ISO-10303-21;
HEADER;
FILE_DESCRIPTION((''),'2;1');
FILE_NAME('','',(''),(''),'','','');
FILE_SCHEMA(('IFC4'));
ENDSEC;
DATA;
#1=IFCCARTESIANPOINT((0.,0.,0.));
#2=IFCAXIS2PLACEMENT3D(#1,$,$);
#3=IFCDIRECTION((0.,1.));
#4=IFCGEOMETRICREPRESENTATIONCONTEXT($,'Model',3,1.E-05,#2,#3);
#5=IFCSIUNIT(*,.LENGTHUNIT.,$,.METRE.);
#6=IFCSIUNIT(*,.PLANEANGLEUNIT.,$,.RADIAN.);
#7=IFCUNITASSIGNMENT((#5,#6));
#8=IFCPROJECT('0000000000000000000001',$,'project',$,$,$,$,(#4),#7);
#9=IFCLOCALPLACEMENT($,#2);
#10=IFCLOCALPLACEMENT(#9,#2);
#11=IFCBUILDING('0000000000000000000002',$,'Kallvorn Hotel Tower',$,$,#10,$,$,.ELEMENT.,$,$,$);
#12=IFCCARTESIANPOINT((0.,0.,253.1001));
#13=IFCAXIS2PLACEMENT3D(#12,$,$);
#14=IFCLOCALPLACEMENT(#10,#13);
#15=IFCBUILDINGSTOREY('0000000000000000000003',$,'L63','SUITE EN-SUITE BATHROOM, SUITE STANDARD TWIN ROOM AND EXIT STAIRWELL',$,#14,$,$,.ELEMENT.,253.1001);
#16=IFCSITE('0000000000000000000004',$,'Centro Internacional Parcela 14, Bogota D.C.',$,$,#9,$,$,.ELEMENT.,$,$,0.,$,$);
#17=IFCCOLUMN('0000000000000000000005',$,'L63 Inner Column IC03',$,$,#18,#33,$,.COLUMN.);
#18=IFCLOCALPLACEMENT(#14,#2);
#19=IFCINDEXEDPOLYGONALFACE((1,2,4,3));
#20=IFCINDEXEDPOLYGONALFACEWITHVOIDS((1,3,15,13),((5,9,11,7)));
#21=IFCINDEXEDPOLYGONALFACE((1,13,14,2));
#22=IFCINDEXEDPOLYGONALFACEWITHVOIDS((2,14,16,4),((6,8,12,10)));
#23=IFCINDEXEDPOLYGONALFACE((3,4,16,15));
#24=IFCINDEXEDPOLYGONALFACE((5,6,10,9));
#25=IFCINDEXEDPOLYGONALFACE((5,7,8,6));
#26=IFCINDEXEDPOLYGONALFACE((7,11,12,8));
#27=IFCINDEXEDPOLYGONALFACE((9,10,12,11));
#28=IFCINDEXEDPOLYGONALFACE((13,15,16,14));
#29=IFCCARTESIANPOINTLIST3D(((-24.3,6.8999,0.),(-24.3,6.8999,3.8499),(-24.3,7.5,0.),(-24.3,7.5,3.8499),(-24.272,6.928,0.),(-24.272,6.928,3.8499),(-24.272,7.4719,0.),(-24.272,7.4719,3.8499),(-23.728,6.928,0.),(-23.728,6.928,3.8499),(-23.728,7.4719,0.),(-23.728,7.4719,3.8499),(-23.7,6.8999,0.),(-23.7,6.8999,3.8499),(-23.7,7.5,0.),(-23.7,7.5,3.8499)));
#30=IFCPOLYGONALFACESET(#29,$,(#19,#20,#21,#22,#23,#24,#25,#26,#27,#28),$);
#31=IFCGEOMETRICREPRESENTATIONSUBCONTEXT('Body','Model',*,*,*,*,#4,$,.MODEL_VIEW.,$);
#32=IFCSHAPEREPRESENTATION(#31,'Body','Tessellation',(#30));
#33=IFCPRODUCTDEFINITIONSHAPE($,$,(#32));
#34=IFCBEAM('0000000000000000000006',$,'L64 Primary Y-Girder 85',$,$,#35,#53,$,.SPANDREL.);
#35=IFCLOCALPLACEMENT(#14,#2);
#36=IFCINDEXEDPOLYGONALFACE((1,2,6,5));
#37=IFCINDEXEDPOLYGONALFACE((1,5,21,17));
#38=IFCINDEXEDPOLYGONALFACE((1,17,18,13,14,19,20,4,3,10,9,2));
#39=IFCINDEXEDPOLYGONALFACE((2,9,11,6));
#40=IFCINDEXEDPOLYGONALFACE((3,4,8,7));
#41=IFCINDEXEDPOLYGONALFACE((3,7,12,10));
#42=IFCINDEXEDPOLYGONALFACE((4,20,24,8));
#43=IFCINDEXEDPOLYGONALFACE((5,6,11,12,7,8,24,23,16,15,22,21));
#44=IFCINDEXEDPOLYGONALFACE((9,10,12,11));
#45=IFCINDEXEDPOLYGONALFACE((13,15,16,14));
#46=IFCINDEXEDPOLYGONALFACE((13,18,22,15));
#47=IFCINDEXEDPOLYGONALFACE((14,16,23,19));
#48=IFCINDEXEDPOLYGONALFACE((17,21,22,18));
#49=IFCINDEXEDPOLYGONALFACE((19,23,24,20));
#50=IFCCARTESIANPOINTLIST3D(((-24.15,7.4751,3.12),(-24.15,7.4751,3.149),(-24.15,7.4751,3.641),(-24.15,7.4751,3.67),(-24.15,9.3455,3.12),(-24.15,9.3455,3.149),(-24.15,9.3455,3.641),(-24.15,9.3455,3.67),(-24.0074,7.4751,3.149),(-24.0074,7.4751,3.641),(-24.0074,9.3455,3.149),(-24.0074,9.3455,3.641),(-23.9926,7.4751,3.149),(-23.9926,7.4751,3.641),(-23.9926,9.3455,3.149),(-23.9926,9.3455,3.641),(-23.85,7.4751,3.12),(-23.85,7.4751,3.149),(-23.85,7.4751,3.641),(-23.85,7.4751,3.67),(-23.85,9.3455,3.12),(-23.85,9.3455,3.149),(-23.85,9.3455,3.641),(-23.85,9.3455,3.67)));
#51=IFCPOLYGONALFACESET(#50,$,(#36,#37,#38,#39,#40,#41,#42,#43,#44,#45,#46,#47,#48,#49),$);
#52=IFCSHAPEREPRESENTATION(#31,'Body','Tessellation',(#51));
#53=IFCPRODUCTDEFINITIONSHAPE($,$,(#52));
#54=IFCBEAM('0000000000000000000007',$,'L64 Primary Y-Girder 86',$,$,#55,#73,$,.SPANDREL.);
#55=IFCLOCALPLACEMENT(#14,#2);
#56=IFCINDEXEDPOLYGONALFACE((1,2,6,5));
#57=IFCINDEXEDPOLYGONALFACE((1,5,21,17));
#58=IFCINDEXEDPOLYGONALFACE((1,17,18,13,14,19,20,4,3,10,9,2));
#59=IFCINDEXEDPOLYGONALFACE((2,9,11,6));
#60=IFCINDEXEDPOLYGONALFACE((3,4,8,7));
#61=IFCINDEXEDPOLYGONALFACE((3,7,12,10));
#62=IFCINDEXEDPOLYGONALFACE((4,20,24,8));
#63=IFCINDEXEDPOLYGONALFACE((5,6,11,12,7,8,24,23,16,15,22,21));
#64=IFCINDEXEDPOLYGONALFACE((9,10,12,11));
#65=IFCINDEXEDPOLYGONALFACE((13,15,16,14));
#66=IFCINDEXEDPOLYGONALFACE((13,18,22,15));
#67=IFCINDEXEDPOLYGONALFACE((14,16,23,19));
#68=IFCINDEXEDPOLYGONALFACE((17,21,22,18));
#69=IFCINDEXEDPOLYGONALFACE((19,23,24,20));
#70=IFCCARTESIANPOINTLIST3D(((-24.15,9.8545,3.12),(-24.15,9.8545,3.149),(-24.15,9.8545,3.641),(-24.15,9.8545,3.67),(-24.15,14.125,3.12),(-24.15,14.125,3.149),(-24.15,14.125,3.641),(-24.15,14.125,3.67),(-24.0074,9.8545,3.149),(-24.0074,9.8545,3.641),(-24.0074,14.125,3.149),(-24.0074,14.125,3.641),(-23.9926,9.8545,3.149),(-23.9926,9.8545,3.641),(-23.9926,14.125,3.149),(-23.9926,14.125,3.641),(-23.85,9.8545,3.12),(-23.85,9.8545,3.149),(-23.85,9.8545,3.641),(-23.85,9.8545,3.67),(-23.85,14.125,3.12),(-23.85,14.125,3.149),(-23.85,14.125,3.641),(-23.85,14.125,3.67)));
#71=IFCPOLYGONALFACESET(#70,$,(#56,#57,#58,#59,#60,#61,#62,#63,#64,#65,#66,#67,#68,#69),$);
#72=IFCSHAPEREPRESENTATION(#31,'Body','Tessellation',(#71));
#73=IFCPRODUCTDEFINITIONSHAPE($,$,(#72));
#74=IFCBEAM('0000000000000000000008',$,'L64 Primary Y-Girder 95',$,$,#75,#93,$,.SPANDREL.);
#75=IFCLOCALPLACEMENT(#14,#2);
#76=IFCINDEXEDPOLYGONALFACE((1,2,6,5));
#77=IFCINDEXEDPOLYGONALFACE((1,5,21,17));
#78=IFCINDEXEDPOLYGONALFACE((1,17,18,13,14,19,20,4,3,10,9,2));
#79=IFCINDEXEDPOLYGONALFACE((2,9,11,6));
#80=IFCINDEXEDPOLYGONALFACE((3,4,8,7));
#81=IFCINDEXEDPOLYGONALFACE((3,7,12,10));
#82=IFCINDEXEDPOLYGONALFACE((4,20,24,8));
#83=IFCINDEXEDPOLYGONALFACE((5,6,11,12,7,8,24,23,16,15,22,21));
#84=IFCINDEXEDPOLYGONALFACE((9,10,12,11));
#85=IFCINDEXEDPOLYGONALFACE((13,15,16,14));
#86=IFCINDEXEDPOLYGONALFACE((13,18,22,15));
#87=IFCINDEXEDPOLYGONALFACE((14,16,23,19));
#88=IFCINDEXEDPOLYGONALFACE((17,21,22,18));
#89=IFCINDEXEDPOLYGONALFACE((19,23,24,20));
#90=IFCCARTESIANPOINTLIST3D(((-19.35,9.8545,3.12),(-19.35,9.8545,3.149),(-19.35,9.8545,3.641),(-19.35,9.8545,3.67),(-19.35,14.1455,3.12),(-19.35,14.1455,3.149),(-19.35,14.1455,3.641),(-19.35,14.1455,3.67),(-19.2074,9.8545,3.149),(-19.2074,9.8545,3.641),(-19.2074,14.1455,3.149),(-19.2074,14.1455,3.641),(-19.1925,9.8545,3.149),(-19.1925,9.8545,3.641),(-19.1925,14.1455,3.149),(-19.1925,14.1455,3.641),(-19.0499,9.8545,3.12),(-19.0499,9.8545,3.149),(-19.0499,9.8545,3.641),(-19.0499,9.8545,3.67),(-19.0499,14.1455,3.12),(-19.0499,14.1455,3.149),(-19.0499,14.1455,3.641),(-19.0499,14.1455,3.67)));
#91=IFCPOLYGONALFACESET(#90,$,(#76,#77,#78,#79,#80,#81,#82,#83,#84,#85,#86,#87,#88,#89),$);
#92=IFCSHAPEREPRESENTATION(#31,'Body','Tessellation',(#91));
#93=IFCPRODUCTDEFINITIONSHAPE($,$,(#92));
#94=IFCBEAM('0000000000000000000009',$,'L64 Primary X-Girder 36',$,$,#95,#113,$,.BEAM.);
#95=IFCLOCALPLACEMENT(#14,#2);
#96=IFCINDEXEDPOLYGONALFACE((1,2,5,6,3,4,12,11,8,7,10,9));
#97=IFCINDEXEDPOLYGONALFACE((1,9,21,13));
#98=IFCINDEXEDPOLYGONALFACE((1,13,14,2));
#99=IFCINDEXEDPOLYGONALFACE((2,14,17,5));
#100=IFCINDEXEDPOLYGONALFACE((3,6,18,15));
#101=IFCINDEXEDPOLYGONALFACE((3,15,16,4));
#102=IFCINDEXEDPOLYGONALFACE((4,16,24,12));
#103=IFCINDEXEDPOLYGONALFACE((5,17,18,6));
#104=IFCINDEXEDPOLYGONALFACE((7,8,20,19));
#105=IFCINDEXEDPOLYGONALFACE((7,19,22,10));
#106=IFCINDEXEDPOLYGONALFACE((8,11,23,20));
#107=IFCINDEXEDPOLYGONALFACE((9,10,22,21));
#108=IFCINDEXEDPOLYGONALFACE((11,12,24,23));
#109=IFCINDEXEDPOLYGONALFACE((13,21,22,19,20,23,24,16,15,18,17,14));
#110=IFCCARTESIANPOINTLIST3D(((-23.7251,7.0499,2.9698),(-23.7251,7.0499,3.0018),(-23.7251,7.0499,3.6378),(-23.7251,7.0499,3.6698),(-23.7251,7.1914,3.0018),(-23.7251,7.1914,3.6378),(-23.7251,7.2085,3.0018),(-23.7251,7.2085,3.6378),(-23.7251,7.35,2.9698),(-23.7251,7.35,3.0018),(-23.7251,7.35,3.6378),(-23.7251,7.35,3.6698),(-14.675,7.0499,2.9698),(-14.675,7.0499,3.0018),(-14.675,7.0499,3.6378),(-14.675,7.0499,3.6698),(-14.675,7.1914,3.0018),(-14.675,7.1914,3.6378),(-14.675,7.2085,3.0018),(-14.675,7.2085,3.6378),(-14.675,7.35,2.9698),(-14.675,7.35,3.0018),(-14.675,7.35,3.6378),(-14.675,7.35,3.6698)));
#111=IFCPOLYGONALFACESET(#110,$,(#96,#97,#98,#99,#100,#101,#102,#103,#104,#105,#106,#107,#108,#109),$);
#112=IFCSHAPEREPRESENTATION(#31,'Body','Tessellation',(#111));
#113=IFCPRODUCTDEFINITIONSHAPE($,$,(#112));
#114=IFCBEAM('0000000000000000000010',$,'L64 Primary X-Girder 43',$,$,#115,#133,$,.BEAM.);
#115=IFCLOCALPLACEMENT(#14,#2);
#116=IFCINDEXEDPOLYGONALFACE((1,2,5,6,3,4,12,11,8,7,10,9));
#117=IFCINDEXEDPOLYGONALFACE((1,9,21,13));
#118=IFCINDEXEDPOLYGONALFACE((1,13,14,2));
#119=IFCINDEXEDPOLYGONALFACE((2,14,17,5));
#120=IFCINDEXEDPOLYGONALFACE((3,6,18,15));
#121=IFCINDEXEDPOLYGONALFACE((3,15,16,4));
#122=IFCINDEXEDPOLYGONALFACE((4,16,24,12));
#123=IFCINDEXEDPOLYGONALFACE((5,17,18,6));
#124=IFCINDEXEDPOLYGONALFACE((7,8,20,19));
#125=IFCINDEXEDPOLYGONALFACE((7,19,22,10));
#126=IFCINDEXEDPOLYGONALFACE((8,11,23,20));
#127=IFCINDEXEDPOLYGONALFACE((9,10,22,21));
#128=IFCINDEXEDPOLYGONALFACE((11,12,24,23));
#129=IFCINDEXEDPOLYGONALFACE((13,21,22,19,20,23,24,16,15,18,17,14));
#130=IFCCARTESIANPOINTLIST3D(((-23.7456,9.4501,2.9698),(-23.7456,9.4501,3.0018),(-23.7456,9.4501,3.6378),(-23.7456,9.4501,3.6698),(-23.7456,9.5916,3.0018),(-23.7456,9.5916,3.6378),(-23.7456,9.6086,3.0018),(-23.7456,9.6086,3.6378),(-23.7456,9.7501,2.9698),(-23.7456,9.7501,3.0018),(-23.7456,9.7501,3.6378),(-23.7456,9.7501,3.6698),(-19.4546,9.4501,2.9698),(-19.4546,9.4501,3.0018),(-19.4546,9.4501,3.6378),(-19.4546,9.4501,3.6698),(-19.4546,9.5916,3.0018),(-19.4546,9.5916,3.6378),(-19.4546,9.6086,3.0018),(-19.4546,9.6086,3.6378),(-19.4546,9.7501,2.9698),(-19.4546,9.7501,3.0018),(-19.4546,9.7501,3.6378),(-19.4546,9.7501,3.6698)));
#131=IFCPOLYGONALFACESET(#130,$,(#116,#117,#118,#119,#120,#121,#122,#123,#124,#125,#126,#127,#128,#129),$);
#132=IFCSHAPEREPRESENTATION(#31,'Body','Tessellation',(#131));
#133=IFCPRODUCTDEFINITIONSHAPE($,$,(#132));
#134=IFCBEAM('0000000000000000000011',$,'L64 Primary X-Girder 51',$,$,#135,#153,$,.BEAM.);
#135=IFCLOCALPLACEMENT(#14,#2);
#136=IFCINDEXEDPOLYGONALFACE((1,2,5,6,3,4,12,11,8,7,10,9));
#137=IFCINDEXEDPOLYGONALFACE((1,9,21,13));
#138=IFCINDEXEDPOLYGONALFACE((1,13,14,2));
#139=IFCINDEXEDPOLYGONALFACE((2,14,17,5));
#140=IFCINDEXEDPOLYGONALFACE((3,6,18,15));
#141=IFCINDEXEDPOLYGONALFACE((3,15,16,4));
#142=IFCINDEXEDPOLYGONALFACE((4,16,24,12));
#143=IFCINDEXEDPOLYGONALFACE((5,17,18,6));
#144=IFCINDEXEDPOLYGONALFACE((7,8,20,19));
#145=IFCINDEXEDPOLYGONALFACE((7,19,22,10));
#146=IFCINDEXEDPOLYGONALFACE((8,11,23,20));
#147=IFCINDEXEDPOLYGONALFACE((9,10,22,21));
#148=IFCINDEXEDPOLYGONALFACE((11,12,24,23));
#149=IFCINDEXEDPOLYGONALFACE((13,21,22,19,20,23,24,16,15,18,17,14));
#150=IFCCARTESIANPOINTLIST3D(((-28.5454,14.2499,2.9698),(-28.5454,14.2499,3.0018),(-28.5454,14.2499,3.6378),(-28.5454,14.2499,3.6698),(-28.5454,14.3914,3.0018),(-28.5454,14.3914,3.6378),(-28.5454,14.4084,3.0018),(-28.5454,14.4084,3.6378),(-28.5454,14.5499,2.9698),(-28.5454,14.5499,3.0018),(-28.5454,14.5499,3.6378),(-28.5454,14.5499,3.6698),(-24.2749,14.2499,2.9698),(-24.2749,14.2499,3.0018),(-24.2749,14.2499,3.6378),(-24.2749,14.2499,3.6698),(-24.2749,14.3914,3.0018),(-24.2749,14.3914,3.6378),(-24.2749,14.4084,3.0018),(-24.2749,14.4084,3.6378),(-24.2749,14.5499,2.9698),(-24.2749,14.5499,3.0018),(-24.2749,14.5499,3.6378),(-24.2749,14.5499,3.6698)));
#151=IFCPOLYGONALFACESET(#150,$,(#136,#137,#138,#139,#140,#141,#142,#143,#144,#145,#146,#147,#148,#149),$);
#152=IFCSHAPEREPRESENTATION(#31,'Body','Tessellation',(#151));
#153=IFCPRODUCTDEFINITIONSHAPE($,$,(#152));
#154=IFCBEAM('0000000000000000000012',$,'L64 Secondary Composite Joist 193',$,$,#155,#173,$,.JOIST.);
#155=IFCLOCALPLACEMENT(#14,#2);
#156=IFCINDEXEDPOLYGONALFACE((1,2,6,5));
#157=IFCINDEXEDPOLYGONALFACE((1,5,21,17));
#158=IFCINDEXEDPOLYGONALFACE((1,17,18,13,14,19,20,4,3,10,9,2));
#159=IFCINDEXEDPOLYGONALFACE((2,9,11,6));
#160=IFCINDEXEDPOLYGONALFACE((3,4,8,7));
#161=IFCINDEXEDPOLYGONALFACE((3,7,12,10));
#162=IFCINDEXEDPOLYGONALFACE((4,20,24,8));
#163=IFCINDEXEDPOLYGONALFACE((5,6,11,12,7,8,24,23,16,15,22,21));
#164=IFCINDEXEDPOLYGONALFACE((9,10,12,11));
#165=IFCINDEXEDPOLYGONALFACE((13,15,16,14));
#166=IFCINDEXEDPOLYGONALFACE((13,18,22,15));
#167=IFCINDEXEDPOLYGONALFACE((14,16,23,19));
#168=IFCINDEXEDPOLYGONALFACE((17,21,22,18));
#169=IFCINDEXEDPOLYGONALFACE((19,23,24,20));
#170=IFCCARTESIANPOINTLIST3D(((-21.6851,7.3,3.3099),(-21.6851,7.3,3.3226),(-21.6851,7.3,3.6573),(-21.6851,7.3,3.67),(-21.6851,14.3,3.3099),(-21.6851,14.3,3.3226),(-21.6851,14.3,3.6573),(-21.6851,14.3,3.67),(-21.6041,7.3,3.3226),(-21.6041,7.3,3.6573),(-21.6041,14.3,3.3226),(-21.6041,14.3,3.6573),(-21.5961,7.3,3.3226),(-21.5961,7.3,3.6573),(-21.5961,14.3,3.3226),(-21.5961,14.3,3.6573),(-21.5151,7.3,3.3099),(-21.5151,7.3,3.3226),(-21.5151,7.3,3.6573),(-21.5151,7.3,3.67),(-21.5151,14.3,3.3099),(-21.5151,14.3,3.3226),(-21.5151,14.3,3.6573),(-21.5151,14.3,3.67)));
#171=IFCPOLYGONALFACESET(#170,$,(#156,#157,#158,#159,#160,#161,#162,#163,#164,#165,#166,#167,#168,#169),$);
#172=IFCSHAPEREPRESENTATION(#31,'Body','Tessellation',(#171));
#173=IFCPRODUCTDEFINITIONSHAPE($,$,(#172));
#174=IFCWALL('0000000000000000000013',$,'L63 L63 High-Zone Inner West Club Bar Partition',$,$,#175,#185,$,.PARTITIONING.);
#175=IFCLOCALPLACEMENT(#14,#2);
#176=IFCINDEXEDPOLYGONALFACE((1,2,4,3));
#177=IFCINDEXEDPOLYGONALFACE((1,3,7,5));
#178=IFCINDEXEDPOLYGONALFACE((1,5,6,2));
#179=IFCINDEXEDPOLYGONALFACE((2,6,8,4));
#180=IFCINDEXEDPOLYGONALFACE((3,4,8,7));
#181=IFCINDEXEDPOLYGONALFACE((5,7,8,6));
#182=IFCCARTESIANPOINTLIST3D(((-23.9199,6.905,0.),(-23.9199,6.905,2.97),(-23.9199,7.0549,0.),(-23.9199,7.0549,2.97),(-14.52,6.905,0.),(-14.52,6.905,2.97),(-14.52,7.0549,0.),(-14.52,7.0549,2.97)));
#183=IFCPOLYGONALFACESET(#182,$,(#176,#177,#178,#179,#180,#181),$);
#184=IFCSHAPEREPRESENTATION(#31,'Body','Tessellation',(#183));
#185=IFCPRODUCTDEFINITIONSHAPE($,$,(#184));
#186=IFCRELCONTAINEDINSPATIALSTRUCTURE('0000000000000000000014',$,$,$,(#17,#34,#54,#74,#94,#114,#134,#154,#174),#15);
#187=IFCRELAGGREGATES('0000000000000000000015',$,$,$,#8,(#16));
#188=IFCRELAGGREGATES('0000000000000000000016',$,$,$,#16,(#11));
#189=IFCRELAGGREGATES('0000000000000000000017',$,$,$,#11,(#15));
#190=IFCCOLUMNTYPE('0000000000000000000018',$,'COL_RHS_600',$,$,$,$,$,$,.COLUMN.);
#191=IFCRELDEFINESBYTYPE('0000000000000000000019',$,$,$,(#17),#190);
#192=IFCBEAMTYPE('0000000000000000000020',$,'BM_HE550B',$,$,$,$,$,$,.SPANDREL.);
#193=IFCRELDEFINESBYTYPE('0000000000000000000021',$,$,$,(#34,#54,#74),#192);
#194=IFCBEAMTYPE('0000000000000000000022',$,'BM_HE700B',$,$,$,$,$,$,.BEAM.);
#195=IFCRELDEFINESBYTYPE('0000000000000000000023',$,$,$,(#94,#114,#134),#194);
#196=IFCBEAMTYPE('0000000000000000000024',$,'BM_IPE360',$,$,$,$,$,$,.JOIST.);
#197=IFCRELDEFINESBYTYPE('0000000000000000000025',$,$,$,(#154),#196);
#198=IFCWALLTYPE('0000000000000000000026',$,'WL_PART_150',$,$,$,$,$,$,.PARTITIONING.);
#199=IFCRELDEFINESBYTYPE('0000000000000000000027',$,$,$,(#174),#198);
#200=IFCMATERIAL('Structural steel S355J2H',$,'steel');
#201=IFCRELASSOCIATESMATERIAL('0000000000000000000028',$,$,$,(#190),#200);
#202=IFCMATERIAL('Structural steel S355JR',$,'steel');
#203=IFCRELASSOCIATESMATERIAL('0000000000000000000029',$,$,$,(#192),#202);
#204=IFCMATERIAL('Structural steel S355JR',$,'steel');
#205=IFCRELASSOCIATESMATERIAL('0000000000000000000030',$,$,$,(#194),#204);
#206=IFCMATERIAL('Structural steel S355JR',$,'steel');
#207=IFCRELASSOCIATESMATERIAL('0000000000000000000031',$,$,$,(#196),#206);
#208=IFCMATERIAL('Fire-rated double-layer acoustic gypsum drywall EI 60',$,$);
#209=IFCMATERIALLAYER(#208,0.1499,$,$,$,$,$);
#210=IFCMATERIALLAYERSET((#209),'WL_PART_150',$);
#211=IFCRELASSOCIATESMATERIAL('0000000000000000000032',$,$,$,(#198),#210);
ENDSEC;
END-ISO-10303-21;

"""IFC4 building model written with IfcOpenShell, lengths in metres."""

from ifc_helpers import new_model, si_unit, direction, frame, frame_2d, origin, origin_2d, place, context, subcontext, project, spatial, rectangle, hollow_rectangle, i_section, extrude, material, layer, layer_set, material_profile, profile_set, type_object, element, save


model = new_model("IFC4")

# Units and contexts
model_context = context("Model", 3, precision=1e-05, world=origin(), true_north=direction((0.0, 1.0)))
body_context = subcontext(model_context, "Body", "Model", "MODEL_VIEW")
ifc_project = project(units=[si_unit("LENGTHUNIT", "METRE"), si_unit("PLANEANGLEUNIT", "RADIAN")], contexts=[model_context])

# Site, building, storey
site_placement = place(None, origin())
site = spatial("IfcSite", under=ifc_project, at=site_placement, Name="Centro Internacional Parcela 14, Bogota D.C.", CompositionType="ELEMENT", RefElevation=0.0)
building_placement = place(site_placement, origin())
building = spatial("IfcBuilding", under=site, at=building_placement, Name="Kallvorn Hotel Tower", CompositionType="ELEMENT")
storey_placement = place(building_placement, frame((0.0, 0.0, 253.1001)))
storey = spatial("IfcBuildingStorey", under=building, at=storey_placement, Name="L63", Description="SUITE EN-SUITE BATHROOM, SUITE STANDARD TWIN ROOM AND EXIT STAIRWELL", CompositionType="ELEMENT", Elevation=253.1001)

# Column
ifc_material_1 = material(Name="Structural steel S355J2H", Category="steel")
ifc_material_profile_1 = material_profile(ifc_material_1, hollow_rectangle(XDim=0.6001, YDim=0.6001, WallThickness=0.0281, at=origin_2d()), Name="RHS 600x600x28")
ifc_profile_set_1 = profile_set([ifc_material_profile_1], Name="Structural steel S355J2H")
column_type_1 = type_object("IfcColumnType", Name="COL_RHS_600", PredefinedType="COLUMN", material=ifc_profile_set_1)
column_placement = place(storey_placement, frame((-24.0, 7.2, 0.0), z_axis=(0.0, 0.0, 1.0), x_axis=(1.0, 0.0, 0.0)))
element("IfcColumn", 1, at=column_placement, inside=storey, type_object=column_type_1, Name="L63 Inner Column IC03", PredefinedType="COLUMN", context=body_context, shape_type="SweptSolid", body=[
    extrude(hollow_rectangle(XDim=0.6001, YDim=0.6001, WallThickness=0.0281, at=origin_2d()), origin(), (0.0, 0.0, 1.0), 3.8499),
])

# Beams
ifc_material_2 = material(Name="Structural steel S355JR", Category="steel")
ifc_material_profile_2 = material_profile(ifc_material_2, i_section(OverallWidth=0.3, OverallDepth=0.55, WebThickness=0.0149, FlangeThickness=0.0291, at=origin_2d()), Name="HE 550 B")
ifc_profile_set_2 = profile_set([ifc_material_profile_2], Name="Structural steel S355JR")
beam_type_1 = type_object("IfcBeamType", Name="BM_HE550B", PredefinedType="SPANDREL", material=ifc_profile_set_2)
beam_1_placement = place(storey_placement, frame((-24.0, 7.4751, 3.395), z_axis=(0.0, 1.0, 0.0), x_axis=(-1.0, 0.0, 0.0)))
element("IfcBeam", 2, at=beam_1_placement, inside=storey, type_object=beam_type_1, Name="L64 Primary Y-Girder 85", PredefinedType="SPANDREL", context=body_context, shape_type="SweptSolid", body=[
    extrude(i_section(OverallWidth=0.3, OverallDepth=0.55, WebThickness=0.0149, FlangeThickness=0.0291, at=origin_2d()), origin(), (0.0, 0.0, 1.0), 1.8704),
])
beam_2_placement = place(storey_placement, frame((-24.0, 9.8545, 3.395), z_axis=(0.0, 1.0, 0.0), x_axis=(-1.0, 0.0, 0.0)))
element("IfcBeam", 3, at=beam_2_placement, inside=storey, type_object=beam_type_1, Name="L64 Primary Y-Girder 86", PredefinedType="SPANDREL", context=body_context, shape_type="SweptSolid", body=[
    extrude(i_section(OverallWidth=0.3, OverallDepth=0.55, WebThickness=0.0149, FlangeThickness=0.0291, at=origin_2d()), origin(), (0.0, 0.0, 1.0), 4.2705),
])
beam_3_placement = place(storey_placement, frame((-19.2, 9.8545, 3.395), z_axis=(0.0, 1.0, 0.0), x_axis=(-1.0, 0.0, 0.0)))
element("IfcBeam", 4, at=beam_3_placement, inside=storey, type_object=beam_type_1, Name="L64 Primary Y-Girder 95", PredefinedType="SPANDREL", context=body_context, shape_type="SweptSolid", body=[
    extrude(i_section(OverallWidth=0.3, OverallDepth=0.55, WebThickness=0.0149, FlangeThickness=0.0291, at=origin_2d()), origin(), (0.0, 0.0, 1.0), 4.291),
])
ifc_material_3 = material(Name="Structural steel S355JR", Category="steel")
ifc_material_profile_3 = material_profile(ifc_material_3, i_section(OverallWidth=0.3, OverallDepth=0.7, WebThickness=0.0171, FlangeThickness=0.032, at=origin_2d()), Name="HE 700 B")
ifc_profile_set_3 = profile_set([ifc_material_profile_3], Name="Structural steel S355JR")
beam_type_2 = type_object("IfcBeamType", Name="BM_HE700B", PredefinedType="BEAM", material=ifc_profile_set_3)
beam_4_placement = place(storey_placement, frame((-23.7251, 7.2, 3.3198), z_axis=(1.0, 0.0, 0.0), x_axis=(0.0, 1.0, 0.0)))
element("IfcBeam", 5, at=beam_4_placement, inside=storey, type_object=beam_type_2, Name="L64 Primary X-Girder 36", PredefinedType="BEAM", context=body_context, shape_type="SweptSolid", body=[
    extrude(i_section(OverallWidth=0.3, OverallDepth=0.7, WebThickness=0.0171, FlangeThickness=0.032, at=origin_2d()), origin(), (0.0, 0.0, 1.0), 9.05),
])
beam_5_placement = place(storey_placement, frame((-23.7456, 9.6001, 3.3198), z_axis=(1.0, 0.0, 0.0), x_axis=(0.0, 1.0, 0.0)))
element("IfcBeam", 6, at=beam_5_placement, inside=storey, type_object=beam_type_2, Name="L64 Primary X-Girder 43", PredefinedType="BEAM", context=body_context, shape_type="SweptSolid", body=[
    extrude(i_section(OverallWidth=0.3, OverallDepth=0.7, WebThickness=0.0171, FlangeThickness=0.032, at=origin_2d()), origin(), (0.0, 0.0, 1.0), 4.291),
])
beam_6_placement = place(storey_placement, frame((-28.5454, 14.3999, 3.3198), z_axis=(1.0, 0.0, 0.0), x_axis=(0.0, 1.0, 0.0)))
element("IfcBeam", 7, at=beam_6_placement, inside=storey, type_object=beam_type_2, Name="L64 Primary X-Girder 51", PredefinedType="BEAM", context=body_context, shape_type="SweptSolid", body=[
    extrude(i_section(OverallWidth=0.3, OverallDepth=0.7, WebThickness=0.0171, FlangeThickness=0.032, at=origin_2d()), origin(), (0.0, 0.0, 1.0), 4.2705),
])
ifc_material_4 = material(Name="Structural steel S355JR", Category="steel")
ifc_material_profile_4 = material_profile(ifc_material_4, i_section(OverallWidth=0.1699, OverallDepth=0.3601, WebThickness=0.0081, FlangeThickness=0.0127, at=origin_2d()), Name="IPE 360")
ifc_profile_set_4 = profile_set([ifc_material_profile_4], Name="Structural steel S355JR")
beam_type_3 = type_object("IfcBeamType", Name="BM_IPE360", PredefinedType="JOIST", material=ifc_profile_set_4)
beam_7_placement = place(storey_placement, frame((-21.6001, 7.3, 3.49), z_axis=(0.0, 1.0, 0.0), x_axis=(-1.0, 0.0, 0.0)))
element("IfcBeam", 8, at=beam_7_placement, inside=storey, type_object=beam_type_3, Name="L64 Secondary Composite Joist 193", PredefinedType="JOIST", context=body_context, shape_type="SweptSolid", body=[
    extrude(i_section(OverallWidth=0.1699, OverallDepth=0.3601, WebThickness=0.0081, FlangeThickness=0.0127, at=origin_2d()), origin(), (0.0, 0.0, 1.0), 7.0),
])

# Wall
ifc_material_5 = material(Name="Fire-rated double-layer acoustic gypsum drywall EI 60")
ifc_layer_1 = layer(ifc_material_5, 0.1499)
ifc_layer_set_1 = layer_set([ifc_layer_1], Name="WL_PART_150")
wall_type_1 = type_object("IfcWallType", Name="WL_PART_150", PredefinedType="PARTITIONING", material=ifc_layer_set_1)
wall_1_placement = place(storey_placement, frame((-23.9199, 6.98, 0.0), z_axis=(0.0, 0.0, 1.0), x_axis=(1.0, 0.0, 0.0)))
element("IfcWall", 9, at=wall_1_placement, inside=storey, type_object=wall_type_1, Name="L63 L63 High-Zone Inner West Club Bar Partition", PredefinedType="PARTITIONING", context=body_context, shape_type="SweptSolid", body=[
    extrude(rectangle(XDim=9.3999, YDim=0.1499, at=frame_2d((4.7, 0.0))), origin(), (0.0, 0.0, 1.0), 2.97),
])

save(model, "model.ifc")
